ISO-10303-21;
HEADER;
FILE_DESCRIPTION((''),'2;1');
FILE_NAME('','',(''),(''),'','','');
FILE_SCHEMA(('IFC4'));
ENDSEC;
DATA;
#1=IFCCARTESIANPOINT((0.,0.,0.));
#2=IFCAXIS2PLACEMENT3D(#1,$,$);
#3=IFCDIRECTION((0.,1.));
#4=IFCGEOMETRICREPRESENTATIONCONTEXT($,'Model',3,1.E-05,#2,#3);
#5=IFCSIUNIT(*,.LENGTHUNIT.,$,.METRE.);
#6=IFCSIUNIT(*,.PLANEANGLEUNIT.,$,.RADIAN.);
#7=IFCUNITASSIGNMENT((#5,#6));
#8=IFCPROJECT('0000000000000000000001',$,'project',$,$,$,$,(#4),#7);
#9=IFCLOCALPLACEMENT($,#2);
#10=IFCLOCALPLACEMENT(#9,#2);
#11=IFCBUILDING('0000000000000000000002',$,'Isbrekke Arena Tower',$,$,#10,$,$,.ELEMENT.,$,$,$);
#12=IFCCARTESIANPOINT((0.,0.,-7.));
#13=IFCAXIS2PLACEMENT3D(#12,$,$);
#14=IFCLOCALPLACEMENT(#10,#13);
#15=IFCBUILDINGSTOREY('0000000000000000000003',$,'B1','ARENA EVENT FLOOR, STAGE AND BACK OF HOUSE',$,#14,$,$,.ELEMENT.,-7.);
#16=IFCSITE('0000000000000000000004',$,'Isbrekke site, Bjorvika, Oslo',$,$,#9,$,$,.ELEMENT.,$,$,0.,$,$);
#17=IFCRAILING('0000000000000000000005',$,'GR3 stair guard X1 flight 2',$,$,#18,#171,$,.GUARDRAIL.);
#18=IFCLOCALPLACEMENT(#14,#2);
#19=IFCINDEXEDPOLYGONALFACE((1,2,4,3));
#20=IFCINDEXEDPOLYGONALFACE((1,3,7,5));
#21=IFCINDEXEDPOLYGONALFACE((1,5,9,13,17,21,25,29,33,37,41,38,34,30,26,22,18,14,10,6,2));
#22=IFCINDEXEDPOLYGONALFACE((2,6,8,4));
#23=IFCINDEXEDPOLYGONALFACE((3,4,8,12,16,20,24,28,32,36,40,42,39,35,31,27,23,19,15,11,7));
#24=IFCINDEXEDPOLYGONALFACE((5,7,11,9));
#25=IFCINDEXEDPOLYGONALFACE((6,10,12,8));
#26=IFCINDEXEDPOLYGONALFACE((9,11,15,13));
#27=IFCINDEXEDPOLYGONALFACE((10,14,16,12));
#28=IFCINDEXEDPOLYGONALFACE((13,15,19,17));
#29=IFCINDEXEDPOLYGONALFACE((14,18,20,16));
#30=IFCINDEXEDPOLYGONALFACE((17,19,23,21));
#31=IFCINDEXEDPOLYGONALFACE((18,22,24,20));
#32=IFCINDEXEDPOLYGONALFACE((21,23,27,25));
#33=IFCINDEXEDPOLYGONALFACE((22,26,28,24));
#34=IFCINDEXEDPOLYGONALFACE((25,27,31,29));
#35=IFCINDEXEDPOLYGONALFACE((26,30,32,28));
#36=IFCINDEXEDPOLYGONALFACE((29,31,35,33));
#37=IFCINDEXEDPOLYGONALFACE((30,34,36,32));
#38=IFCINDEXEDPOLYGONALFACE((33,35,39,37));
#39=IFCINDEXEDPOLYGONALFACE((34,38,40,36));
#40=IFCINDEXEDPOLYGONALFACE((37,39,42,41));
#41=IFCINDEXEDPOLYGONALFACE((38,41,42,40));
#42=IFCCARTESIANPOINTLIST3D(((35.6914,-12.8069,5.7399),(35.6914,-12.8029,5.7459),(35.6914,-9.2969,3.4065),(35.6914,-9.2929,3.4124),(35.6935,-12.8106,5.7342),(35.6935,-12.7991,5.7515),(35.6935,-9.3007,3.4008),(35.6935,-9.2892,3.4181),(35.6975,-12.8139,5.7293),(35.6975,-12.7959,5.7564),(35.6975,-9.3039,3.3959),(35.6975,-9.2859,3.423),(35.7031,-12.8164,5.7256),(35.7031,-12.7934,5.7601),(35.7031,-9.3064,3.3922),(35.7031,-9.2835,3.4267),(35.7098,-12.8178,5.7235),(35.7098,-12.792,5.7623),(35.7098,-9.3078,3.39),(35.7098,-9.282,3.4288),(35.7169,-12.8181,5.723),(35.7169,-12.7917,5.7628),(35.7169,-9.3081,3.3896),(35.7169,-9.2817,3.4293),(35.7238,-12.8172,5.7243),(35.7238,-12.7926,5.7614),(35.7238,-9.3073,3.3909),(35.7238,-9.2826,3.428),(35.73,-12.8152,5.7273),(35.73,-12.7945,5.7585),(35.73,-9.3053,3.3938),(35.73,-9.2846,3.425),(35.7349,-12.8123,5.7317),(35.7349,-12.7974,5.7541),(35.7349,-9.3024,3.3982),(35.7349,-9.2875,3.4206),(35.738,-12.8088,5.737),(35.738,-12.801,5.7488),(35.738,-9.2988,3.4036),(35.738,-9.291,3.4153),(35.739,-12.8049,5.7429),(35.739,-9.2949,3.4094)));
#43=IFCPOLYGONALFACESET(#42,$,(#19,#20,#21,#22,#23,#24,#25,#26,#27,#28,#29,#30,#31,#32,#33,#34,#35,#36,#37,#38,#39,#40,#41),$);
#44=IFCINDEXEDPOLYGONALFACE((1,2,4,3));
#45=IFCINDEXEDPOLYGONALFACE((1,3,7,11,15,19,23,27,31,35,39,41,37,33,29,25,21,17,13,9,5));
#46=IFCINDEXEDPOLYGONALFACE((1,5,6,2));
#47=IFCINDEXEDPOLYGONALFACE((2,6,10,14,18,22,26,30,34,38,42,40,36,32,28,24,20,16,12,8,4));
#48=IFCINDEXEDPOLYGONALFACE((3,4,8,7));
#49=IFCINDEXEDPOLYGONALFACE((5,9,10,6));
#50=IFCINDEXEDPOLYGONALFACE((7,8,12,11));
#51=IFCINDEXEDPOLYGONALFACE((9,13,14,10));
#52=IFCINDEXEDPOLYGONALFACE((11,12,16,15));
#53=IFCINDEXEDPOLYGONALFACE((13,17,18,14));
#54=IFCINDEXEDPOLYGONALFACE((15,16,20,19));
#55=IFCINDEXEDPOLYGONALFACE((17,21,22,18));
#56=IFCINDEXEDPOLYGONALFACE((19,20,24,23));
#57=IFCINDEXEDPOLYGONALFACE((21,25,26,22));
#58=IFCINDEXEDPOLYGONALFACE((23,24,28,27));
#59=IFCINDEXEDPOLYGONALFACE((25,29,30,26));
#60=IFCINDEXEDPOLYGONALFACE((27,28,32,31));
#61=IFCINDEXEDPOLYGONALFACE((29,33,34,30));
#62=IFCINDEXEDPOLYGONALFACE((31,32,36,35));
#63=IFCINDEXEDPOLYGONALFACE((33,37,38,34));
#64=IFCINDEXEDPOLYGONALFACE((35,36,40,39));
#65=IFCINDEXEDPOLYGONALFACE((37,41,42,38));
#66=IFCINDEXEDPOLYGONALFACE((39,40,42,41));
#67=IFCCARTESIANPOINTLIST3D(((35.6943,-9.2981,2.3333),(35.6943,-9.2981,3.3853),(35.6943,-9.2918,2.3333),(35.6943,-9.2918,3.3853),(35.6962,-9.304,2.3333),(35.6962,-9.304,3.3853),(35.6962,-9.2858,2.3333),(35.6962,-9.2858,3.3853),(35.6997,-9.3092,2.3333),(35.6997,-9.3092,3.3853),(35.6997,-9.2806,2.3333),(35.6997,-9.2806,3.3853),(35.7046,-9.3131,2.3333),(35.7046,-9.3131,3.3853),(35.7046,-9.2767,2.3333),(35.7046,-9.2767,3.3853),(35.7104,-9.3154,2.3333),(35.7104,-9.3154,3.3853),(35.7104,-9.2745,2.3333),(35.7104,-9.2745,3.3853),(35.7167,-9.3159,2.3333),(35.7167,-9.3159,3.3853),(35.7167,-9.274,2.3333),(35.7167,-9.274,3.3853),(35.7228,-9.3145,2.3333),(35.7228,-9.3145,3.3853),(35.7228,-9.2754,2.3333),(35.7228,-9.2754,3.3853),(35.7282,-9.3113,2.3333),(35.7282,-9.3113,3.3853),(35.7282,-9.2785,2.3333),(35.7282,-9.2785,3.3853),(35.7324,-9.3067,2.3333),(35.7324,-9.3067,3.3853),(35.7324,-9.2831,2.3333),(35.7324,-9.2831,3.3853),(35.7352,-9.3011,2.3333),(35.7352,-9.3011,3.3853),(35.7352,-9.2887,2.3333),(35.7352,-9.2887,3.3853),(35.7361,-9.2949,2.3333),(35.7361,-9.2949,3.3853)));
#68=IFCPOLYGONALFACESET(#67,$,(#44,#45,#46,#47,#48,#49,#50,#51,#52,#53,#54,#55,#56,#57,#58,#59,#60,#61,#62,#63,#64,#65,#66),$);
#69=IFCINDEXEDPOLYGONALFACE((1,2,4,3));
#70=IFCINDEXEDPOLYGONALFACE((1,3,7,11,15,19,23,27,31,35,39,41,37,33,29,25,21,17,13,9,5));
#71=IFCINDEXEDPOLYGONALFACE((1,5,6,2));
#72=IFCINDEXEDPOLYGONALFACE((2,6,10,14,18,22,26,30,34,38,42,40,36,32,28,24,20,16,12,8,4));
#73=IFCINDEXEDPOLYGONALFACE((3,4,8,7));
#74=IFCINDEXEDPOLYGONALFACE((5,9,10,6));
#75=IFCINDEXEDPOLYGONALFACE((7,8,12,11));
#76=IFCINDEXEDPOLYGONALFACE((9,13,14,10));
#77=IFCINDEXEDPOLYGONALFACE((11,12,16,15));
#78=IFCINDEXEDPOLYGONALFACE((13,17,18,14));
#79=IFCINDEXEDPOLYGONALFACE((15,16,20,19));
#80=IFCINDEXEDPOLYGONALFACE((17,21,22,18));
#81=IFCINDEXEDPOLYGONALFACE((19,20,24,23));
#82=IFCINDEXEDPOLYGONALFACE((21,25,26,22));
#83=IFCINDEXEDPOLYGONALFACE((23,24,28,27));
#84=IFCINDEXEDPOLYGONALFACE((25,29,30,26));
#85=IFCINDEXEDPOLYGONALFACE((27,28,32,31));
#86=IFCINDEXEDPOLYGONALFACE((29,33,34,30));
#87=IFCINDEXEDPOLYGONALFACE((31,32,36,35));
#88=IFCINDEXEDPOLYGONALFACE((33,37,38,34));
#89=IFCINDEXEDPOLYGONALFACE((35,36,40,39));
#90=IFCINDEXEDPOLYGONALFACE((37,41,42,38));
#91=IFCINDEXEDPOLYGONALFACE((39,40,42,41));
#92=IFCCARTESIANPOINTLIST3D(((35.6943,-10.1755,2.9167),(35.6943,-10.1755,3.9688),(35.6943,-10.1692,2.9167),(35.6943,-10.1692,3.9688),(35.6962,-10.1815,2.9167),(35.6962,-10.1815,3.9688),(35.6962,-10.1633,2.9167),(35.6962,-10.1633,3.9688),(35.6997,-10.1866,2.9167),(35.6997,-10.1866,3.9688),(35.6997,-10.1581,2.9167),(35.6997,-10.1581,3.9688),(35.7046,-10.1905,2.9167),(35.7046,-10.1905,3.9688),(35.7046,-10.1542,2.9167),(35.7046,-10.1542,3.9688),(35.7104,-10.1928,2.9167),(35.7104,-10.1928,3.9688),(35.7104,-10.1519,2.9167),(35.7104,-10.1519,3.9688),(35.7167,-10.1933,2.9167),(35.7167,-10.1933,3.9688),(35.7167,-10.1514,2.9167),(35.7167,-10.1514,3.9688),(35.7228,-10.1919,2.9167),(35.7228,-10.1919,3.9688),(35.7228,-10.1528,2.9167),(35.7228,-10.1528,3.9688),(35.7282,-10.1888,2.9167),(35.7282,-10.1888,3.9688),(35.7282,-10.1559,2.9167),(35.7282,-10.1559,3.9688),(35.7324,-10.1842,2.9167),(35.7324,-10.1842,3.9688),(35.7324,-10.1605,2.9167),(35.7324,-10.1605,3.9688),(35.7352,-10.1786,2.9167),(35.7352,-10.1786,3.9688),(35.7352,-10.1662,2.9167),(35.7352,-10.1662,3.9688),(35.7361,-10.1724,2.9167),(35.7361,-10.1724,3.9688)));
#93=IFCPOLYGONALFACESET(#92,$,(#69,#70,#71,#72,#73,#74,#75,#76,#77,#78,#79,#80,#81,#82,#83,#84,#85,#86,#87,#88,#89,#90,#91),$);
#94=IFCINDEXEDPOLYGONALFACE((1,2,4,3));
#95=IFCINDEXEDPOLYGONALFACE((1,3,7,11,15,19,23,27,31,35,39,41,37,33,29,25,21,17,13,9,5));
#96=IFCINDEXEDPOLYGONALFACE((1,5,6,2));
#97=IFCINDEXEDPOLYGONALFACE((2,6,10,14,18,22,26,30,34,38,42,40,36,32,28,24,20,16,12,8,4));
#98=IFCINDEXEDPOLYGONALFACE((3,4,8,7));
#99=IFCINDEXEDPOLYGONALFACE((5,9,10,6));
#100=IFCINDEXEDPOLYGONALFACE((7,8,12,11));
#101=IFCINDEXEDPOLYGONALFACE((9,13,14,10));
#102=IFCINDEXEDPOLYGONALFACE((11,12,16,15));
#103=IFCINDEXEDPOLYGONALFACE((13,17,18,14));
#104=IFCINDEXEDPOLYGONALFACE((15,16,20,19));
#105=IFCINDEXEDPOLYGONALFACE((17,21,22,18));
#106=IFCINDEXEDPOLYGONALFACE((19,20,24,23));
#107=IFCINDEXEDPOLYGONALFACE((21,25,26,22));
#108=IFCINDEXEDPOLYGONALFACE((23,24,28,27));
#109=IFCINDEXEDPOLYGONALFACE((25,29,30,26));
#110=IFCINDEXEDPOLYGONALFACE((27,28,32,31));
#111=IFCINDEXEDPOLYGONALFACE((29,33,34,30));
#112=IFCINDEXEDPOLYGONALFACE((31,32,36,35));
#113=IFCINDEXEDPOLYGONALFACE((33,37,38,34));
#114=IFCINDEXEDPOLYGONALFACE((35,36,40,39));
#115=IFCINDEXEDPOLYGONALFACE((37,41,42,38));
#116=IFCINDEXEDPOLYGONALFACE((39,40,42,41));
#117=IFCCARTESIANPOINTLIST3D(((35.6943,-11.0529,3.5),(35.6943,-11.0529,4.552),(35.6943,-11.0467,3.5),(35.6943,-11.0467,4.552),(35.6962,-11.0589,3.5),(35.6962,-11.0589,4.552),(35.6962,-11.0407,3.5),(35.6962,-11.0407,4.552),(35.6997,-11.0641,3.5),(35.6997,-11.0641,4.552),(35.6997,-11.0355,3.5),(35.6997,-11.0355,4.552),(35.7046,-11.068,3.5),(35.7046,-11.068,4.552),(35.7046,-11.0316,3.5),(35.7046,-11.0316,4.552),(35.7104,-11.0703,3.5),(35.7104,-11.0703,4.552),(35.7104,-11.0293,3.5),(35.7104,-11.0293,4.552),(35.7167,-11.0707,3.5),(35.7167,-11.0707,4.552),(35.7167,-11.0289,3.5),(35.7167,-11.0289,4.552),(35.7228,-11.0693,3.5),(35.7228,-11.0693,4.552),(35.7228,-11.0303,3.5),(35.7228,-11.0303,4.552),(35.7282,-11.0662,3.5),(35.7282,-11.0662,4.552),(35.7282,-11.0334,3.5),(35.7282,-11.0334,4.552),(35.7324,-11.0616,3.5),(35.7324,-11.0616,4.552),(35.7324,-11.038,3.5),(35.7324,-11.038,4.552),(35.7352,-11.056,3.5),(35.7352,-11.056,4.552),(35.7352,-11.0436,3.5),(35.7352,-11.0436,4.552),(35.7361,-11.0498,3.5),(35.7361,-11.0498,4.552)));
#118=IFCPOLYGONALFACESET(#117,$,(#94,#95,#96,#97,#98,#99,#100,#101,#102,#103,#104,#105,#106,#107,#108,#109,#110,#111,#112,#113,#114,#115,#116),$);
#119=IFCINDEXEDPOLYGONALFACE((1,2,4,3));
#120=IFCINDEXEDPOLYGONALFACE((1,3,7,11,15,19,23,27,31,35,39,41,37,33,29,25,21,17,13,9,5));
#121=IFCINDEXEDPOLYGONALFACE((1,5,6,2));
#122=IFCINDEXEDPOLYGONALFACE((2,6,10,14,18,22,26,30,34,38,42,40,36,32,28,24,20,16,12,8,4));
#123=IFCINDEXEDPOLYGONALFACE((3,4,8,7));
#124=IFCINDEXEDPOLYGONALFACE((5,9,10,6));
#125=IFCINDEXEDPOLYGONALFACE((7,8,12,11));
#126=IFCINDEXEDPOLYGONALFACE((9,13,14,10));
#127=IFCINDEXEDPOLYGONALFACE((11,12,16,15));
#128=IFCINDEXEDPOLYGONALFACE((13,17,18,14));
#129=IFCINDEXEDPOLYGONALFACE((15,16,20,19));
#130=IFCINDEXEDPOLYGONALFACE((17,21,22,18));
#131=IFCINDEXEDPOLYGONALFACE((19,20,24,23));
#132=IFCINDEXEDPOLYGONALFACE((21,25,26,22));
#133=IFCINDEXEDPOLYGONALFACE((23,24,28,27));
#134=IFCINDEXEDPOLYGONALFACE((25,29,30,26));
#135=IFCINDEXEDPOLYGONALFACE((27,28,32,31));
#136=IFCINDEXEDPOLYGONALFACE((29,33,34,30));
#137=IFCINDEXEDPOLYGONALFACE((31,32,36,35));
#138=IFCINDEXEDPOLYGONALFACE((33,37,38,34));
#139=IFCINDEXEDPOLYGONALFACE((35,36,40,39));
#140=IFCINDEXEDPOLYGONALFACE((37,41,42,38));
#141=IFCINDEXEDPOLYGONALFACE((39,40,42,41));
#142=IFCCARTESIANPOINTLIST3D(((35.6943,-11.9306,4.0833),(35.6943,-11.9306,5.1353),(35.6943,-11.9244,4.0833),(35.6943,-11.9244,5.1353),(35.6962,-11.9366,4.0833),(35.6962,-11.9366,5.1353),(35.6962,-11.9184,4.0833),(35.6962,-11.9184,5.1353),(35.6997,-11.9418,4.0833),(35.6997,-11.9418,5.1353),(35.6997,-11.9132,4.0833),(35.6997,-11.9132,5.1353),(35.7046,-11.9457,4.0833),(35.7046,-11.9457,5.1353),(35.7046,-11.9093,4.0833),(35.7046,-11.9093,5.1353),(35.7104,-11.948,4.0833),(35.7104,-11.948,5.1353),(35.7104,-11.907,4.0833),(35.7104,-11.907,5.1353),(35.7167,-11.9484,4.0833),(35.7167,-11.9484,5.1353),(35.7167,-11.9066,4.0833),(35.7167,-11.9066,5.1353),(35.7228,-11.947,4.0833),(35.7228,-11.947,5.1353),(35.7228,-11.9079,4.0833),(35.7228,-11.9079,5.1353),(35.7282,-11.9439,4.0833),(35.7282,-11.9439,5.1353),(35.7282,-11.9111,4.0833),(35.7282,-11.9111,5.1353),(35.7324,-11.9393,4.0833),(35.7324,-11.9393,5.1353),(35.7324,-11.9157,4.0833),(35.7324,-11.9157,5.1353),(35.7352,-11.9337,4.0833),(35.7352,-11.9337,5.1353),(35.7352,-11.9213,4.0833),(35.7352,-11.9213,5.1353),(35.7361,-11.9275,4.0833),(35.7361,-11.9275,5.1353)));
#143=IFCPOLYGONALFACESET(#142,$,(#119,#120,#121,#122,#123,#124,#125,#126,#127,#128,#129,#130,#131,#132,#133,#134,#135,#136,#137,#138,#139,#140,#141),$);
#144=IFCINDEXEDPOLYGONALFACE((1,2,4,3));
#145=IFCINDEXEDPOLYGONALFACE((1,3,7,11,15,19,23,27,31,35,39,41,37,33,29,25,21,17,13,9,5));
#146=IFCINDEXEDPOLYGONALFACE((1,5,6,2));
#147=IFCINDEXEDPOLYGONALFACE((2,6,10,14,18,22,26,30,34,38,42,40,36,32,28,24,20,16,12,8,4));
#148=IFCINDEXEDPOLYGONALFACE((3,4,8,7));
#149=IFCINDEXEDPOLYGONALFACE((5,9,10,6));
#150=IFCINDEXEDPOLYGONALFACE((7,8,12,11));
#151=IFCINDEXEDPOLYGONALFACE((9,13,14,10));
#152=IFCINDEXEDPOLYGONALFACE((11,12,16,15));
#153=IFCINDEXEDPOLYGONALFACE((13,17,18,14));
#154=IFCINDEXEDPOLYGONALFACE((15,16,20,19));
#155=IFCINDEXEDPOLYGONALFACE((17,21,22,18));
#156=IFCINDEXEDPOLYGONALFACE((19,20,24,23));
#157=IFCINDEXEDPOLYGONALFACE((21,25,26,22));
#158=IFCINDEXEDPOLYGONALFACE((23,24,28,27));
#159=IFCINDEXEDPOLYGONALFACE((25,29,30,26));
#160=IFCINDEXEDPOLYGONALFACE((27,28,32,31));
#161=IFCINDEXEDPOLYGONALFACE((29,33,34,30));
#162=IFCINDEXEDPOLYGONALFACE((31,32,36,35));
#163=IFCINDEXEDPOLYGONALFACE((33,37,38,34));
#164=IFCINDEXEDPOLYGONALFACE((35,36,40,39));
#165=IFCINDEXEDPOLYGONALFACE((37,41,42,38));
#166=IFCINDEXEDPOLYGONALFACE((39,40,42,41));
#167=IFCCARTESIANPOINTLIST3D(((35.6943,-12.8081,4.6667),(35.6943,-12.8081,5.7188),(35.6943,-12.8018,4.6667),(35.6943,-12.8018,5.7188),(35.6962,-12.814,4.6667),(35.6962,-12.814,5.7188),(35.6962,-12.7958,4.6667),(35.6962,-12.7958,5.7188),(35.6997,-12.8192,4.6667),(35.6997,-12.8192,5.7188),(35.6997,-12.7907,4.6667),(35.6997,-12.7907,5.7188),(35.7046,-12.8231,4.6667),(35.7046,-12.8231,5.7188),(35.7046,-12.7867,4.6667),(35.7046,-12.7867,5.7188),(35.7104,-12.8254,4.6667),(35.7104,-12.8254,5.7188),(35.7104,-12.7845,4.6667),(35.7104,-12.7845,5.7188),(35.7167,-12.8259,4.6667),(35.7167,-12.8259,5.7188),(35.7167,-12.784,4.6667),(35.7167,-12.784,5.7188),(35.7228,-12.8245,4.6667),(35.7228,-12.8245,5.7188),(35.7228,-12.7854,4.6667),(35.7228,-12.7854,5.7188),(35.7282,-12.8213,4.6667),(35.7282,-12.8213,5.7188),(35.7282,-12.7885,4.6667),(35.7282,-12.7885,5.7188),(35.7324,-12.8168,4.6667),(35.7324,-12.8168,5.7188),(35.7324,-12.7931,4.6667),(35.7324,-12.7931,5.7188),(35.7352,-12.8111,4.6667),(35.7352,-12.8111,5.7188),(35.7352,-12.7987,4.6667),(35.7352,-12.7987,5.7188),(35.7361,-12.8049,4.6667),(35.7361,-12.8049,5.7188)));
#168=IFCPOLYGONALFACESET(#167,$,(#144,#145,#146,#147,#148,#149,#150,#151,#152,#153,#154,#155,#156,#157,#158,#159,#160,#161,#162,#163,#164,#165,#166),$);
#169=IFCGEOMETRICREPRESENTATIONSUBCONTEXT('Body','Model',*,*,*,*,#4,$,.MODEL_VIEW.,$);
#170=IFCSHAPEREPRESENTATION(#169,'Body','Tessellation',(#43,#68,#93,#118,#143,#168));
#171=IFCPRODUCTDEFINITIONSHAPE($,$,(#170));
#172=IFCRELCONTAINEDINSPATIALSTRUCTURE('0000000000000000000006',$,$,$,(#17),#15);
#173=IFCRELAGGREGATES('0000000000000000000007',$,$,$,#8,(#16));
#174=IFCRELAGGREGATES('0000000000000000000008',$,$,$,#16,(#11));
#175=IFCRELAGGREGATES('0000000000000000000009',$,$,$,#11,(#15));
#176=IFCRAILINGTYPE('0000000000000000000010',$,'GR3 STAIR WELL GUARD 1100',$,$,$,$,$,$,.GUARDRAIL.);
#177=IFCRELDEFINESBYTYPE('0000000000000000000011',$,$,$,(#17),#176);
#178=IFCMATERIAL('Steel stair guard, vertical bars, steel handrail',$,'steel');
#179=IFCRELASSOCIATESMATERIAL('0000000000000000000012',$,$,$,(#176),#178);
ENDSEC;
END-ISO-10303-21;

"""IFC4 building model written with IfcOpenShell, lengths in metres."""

from ifc_helpers import new_model, si_unit, direction, frame, origin, origin_2d, place, context, subcontext, project, spatial, circle, extrude, material, type_object, element, save


model = new_model("IFC4")

# Units and contexts
model_context = context("Model", 3, precision=1e-05, world=origin(), true_north=direction((0.0, 1.0)))
body_context = subcontext(model_context, "Body", "Model", "MODEL_VIEW")
ifc_project = project(units=[si_unit("LENGTHUNIT", "METRE"), si_unit("PLANEANGLEUNIT", "RADIAN")], contexts=[model_context])

# Site, building, storey
site_placement = place(None, origin())
site = spatial("IfcSite", under=ifc_project, at=site_placement, Name="Isbrekke site, Bjorvika, Oslo", CompositionType="ELEMENT", RefElevation=0.0)
building_placement = place(site_placement, origin())
building = spatial("IfcBuilding", under=site, at=building_placement, Name="Isbrekke Arena Tower", CompositionType="ELEMENT")
storey_placement = place(building_placement, frame((0.0, 0.0, -7.0)))
storey = spatial("IfcBuildingStorey", under=building, at=storey_placement, Name="B1", Description="ARENA EVENT FLOOR, STAGE AND BACK OF HOUSE", CompositionType="ELEMENT", Elevation=-7.0)

# Railing
ifc_material_1 = material(Name="Steel stair guard, vertical bars, steel handrail", Category="steel")
railing_type = type_object("IfcRailingType", Name="GR3 STAIR WELL GUARD 1100", PredefinedType="GUARDRAIL", material=ifc_material_1)
railing_placement = place(storey_placement, frame((35.7151, -9.2949, 2.3333)))
element("IfcRailing", 1, at=railing_placement, inside=storey, type_object=railing_type, Name="GR3 stair guard X1 flight 2", PredefinedType="GUARDRAIL", context=body_context, shape_type="SweptSolid", body=[
    extrude(circle(Radius=0.0239, at=origin_2d()), frame((0.0, 0.0, 1.0762), z_axis=(0.0, -0.832763, 0.55363), x_axis=(1.0, 0.0, 0.0)), (0.0, 0.0, 1.0), 4.2148),
    extrude(circle(Radius=0.021, at=origin_2d()), origin(), (0.0, 0.0, 1.0), 1.052),
    extrude(circle(Radius=0.021, at=origin_2d()), frame((0.0, -0.8774, 0.5835)), (0.0, 0.0, 1.0), 1.052),
    extrude(circle(Radius=0.021, at=origin_2d()), frame((0.0, -1.7549, 1.1667)), (0.0, 0.0, 1.0), 1.052),
    extrude(circle(Radius=0.021, at=origin_2d()), frame((0.0, -2.6326, 1.75)), (0.0, 0.0, 1.0), 1.052),
    extrude(circle(Radius=0.021, at=origin_2d()), frame((0.0, -3.51, 2.3335)), (0.0, 0.0, 1.0), 1.052),
])

save(model, "model.ifc")
